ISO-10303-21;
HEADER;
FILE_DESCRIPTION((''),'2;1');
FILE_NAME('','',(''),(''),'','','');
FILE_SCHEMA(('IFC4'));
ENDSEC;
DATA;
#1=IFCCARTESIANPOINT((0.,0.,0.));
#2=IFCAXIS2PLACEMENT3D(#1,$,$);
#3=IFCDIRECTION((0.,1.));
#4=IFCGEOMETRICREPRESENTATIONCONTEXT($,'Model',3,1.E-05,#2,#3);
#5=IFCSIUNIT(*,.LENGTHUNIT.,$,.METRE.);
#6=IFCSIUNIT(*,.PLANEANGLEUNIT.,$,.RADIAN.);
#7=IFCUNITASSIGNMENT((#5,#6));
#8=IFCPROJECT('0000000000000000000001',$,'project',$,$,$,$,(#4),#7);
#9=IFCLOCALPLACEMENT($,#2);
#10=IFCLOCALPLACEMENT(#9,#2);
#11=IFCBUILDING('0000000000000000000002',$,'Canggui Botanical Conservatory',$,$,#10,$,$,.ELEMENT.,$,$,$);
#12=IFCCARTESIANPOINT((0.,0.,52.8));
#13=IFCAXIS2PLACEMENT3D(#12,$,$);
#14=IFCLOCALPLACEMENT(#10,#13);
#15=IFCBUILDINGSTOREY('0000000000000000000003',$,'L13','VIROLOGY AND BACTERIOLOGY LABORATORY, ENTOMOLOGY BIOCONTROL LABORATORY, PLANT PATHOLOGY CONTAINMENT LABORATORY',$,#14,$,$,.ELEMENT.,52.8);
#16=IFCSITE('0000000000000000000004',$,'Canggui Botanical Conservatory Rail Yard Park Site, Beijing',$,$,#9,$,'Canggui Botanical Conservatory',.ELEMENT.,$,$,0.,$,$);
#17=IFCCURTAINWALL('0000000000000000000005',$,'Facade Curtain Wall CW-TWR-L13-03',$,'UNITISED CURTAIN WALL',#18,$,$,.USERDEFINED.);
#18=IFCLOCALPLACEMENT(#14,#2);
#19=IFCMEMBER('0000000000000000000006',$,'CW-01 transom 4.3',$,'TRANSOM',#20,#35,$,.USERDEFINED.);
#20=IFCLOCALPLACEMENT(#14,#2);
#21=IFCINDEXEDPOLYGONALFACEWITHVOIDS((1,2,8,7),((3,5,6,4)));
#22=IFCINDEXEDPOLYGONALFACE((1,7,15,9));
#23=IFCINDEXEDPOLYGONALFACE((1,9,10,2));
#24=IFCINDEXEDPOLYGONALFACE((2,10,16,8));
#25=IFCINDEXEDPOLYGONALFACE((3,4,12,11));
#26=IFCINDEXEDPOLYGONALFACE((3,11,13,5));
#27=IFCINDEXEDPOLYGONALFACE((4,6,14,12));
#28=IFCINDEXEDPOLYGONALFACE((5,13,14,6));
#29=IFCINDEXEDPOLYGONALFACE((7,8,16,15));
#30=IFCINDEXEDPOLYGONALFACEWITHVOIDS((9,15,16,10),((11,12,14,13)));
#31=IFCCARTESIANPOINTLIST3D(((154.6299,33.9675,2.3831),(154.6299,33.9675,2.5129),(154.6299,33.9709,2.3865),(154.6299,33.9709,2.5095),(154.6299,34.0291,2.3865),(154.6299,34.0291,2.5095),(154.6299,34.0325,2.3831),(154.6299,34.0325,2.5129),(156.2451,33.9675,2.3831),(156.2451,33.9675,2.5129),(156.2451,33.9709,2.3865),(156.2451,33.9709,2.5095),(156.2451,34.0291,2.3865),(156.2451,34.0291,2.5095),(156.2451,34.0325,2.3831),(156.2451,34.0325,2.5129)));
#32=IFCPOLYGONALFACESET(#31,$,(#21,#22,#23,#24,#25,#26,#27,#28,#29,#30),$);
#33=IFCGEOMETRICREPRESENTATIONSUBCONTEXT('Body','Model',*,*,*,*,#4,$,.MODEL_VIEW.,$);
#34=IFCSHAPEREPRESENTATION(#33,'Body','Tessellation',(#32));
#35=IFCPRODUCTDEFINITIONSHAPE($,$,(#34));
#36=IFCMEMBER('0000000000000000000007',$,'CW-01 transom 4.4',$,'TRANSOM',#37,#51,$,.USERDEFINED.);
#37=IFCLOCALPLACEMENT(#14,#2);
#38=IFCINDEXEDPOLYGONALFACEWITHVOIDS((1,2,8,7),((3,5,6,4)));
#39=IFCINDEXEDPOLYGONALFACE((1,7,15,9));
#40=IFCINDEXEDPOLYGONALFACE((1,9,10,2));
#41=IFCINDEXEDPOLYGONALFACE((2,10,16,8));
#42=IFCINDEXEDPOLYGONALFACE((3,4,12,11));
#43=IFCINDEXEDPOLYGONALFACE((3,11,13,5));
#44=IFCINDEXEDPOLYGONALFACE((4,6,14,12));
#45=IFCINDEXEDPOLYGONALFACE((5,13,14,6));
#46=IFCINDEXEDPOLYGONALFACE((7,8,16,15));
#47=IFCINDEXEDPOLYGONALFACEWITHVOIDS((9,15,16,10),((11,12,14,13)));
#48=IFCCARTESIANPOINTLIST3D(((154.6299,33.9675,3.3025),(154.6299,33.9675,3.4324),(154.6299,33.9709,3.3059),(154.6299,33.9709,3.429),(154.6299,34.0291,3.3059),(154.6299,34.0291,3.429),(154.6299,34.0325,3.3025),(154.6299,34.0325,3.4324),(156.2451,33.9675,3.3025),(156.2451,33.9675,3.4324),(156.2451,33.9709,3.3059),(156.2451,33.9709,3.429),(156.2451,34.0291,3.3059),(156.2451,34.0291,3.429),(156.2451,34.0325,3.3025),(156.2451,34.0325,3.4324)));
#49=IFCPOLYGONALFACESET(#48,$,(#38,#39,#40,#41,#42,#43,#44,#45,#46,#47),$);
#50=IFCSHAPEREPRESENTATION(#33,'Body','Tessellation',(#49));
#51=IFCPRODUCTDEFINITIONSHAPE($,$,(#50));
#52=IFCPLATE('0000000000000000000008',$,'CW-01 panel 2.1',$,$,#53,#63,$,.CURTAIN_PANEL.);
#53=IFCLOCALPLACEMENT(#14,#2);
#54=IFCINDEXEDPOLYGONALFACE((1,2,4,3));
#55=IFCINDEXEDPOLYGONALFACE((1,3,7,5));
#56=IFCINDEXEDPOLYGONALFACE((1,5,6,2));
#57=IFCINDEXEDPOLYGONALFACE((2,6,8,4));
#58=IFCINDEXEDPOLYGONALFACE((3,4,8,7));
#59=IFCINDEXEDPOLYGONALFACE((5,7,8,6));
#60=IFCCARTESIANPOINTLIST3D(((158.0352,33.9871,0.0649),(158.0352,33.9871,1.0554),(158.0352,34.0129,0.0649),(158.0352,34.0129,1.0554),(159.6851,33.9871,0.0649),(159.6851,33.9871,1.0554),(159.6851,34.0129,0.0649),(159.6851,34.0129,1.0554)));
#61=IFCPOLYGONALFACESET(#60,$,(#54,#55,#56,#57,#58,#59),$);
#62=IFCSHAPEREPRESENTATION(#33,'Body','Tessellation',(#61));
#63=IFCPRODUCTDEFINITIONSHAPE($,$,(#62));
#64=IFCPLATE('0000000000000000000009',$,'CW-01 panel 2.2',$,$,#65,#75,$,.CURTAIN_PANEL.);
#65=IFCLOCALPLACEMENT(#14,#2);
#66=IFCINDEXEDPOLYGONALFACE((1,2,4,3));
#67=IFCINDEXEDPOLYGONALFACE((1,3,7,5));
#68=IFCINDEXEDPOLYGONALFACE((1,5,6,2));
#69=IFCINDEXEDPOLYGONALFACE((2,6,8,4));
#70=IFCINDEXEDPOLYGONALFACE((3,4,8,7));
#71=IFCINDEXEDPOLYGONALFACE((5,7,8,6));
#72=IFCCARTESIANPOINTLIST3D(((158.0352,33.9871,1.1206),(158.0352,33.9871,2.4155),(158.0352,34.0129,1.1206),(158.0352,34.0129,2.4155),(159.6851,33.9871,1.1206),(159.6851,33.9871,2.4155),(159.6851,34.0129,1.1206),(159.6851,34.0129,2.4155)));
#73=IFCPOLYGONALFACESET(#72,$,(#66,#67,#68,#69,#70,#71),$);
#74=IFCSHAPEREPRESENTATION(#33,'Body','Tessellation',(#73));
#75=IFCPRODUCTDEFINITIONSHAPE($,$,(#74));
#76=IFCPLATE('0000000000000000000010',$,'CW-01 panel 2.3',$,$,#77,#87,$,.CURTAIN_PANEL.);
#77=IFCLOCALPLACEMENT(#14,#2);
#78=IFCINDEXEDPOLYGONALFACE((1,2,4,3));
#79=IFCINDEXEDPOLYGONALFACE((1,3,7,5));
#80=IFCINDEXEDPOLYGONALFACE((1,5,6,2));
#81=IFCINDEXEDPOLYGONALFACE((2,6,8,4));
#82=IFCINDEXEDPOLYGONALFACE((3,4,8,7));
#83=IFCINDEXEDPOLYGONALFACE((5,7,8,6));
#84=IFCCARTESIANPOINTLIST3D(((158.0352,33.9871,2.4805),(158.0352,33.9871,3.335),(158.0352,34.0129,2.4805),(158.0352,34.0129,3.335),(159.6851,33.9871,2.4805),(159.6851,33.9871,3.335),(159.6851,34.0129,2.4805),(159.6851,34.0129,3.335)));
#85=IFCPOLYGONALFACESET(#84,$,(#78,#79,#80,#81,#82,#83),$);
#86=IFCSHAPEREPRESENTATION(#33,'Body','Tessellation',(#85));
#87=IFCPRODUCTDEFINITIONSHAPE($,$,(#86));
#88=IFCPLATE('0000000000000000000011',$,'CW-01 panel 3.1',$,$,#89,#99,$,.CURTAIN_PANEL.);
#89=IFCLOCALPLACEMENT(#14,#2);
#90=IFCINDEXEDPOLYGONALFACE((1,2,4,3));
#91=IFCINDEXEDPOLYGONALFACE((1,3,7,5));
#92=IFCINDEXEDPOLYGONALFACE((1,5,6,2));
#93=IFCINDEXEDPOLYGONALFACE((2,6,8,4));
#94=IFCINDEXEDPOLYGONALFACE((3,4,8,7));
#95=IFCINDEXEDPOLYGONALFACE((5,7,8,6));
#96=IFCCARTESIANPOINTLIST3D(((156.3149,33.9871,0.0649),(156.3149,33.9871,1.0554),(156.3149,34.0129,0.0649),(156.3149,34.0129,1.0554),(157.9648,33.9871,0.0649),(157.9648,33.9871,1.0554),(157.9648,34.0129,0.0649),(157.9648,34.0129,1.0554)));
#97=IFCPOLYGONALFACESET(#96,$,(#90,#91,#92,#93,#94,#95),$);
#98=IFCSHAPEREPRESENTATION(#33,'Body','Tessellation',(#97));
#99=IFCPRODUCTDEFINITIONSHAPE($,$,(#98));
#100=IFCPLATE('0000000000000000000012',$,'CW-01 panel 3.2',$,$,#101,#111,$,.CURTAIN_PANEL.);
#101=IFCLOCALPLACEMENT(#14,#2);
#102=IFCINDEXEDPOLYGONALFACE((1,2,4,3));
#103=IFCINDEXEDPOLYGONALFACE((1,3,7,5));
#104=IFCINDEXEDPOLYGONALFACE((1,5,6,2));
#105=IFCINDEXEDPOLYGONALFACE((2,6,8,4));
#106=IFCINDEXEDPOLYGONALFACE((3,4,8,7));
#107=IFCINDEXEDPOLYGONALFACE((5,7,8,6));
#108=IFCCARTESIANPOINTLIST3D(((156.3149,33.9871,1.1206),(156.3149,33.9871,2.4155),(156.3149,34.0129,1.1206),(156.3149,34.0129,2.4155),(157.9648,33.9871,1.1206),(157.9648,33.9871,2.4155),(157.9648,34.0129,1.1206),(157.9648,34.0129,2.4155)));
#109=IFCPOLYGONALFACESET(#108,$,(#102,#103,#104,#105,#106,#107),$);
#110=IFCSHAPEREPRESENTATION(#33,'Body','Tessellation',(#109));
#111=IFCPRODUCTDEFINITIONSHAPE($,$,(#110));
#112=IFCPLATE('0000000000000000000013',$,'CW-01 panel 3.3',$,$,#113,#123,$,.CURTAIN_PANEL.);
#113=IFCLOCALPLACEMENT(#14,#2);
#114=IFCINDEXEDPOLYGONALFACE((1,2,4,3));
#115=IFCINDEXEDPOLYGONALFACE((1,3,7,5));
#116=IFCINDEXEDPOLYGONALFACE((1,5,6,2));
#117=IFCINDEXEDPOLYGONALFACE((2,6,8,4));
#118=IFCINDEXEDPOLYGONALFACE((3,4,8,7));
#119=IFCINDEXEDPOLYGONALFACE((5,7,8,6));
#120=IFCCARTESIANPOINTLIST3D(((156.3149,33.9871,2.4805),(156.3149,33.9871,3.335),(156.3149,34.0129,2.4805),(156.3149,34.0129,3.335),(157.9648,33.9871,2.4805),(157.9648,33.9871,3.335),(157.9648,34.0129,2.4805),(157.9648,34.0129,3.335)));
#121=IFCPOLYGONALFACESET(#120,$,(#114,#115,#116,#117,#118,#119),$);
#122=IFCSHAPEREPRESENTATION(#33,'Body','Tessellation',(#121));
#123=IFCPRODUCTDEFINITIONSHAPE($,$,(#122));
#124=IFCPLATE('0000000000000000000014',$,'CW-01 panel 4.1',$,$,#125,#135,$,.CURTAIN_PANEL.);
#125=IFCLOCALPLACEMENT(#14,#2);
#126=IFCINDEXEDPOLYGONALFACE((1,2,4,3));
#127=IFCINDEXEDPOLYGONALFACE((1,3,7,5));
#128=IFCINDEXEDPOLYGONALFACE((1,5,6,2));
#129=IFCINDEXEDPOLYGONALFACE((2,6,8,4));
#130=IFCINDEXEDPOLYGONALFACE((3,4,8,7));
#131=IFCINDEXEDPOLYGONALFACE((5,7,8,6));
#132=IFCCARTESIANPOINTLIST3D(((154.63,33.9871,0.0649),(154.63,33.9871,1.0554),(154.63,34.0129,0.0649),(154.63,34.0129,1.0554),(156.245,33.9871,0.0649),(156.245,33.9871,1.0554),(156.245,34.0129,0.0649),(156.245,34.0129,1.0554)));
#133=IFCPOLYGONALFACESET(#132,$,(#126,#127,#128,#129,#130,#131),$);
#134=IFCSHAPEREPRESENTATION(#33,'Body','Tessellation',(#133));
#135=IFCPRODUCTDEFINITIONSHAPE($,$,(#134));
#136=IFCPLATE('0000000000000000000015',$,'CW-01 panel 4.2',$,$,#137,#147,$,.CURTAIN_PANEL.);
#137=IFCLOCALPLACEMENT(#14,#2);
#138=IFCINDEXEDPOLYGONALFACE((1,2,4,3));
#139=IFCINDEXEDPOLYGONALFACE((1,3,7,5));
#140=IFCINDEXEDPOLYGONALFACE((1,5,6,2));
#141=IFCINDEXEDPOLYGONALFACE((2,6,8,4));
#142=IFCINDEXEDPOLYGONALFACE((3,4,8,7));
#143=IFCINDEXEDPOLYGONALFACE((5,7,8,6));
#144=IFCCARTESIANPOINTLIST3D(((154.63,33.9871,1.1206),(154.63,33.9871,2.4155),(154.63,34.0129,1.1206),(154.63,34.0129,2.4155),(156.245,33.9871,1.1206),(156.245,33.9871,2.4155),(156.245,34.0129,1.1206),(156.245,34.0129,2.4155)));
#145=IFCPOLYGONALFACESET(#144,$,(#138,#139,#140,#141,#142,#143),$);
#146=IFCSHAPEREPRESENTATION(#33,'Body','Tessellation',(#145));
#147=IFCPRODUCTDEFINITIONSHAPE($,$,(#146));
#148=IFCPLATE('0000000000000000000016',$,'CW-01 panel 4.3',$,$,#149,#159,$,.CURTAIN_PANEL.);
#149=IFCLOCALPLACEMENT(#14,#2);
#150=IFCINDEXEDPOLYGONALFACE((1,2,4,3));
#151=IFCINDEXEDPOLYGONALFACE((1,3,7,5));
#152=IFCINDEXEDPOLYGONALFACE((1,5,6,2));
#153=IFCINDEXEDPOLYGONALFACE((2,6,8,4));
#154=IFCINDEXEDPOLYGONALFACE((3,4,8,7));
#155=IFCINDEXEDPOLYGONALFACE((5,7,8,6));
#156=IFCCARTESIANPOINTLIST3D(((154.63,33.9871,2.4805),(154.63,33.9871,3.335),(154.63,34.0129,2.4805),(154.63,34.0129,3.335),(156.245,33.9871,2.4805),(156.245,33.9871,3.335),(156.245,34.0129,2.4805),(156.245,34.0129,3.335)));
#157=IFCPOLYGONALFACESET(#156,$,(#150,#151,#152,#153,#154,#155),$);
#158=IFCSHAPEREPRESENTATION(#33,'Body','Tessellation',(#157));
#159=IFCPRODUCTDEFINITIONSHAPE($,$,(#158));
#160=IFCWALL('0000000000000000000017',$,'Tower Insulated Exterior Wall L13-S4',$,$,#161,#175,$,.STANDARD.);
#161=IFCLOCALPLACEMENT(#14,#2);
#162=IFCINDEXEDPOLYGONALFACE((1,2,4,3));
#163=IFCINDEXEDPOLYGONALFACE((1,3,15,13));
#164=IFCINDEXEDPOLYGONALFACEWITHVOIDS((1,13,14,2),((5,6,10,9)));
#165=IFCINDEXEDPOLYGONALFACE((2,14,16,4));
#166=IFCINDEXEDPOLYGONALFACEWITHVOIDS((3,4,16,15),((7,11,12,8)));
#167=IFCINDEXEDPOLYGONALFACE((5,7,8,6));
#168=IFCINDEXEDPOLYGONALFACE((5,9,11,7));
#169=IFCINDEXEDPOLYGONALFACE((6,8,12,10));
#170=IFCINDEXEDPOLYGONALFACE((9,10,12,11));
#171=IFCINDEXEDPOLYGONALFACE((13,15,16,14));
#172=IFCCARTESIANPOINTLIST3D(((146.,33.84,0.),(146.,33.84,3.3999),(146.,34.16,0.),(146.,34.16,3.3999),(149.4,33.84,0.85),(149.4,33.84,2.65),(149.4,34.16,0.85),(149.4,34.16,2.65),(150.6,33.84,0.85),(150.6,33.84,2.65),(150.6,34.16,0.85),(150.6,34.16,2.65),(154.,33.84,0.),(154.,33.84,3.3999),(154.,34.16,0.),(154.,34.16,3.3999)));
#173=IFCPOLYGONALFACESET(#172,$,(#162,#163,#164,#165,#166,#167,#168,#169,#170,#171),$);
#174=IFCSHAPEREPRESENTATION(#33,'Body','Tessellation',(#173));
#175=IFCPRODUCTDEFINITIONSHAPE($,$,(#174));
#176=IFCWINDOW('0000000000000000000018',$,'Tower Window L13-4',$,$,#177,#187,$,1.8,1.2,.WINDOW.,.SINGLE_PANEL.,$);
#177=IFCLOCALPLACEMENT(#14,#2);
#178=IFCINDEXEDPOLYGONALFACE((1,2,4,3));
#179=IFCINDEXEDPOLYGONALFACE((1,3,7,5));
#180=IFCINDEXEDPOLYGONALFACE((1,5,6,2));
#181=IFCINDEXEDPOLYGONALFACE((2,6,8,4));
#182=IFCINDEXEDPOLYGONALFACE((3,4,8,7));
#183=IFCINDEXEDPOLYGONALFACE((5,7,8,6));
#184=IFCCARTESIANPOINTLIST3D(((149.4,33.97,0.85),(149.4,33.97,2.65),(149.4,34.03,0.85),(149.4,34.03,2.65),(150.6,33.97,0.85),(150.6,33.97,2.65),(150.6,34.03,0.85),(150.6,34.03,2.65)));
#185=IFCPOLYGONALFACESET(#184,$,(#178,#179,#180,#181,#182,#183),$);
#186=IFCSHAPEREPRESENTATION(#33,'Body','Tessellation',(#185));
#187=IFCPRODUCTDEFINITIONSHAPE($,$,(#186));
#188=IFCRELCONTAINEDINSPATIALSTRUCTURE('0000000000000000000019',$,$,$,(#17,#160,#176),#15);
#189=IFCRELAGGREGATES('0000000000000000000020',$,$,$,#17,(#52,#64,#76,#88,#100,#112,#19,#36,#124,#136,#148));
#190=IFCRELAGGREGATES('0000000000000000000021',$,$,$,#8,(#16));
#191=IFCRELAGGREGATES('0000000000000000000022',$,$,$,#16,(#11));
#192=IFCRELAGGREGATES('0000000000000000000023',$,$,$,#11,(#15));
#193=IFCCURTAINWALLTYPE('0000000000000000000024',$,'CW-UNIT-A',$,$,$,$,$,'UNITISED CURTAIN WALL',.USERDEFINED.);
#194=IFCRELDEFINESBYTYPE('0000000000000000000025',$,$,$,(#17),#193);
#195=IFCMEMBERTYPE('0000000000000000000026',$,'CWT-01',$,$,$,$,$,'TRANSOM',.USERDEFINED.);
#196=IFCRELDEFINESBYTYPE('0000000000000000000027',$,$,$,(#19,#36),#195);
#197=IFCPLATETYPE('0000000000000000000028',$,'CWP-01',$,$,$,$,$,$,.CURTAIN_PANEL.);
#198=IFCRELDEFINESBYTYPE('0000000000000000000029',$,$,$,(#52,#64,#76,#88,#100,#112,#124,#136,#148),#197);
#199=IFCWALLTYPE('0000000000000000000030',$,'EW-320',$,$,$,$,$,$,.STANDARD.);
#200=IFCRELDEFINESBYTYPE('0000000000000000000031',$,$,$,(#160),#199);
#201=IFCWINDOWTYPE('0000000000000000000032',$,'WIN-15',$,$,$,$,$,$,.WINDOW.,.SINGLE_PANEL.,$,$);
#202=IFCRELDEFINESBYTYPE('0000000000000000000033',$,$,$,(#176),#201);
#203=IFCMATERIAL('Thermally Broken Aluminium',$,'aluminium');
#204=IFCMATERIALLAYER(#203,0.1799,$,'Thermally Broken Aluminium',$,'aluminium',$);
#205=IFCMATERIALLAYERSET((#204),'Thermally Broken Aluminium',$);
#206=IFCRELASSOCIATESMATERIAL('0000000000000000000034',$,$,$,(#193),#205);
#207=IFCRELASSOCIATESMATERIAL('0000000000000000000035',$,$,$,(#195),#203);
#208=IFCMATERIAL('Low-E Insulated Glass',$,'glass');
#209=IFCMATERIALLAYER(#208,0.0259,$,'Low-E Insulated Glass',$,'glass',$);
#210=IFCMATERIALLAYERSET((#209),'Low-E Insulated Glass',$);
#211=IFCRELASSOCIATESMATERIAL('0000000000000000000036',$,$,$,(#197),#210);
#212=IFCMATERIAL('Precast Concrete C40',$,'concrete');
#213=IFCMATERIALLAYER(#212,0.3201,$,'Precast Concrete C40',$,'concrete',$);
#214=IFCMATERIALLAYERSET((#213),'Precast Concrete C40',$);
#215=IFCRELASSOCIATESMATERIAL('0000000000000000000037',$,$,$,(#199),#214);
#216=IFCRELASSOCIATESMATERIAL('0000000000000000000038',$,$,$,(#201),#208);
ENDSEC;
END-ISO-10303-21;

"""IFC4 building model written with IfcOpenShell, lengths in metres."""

from ifc_helpers import new_model, si_unit, direction, frame, frame_2d, origin, origin_2d, place, context, subcontext, project, spatial, rectangle, hollow_rectangle, extrude, material, layer, layer_set, material_profile, profile_set, type_object, element, fill, aggregate, save


model = new_model("IFC4")

# Units and contexts
model_context = context("Model", 3, precision=1e-05, world=origin(), true_north=direction((0.0, 1.0)))
body_context = subcontext(model_context, "Body", "Model", "MODEL_VIEW")
ifc_project = project(units=[si_unit("LENGTHUNIT", "METRE"), si_unit("PLANEANGLEUNIT", "RADIAN")], contexts=[model_context])

# Site, building, storey
site_placement = place(None, origin())
site = spatial("IfcSite", under=ifc_project, at=site_placement, Name="Canggui Botanical Conservatory Rail Yard Park Site, Beijing", LongName="Canggui Botanical Conservatory", CompositionType="ELEMENT", RefElevation=0.0)
building_placement = place(site_placement, origin())
building = spatial("IfcBuilding", under=site, at=building_placement, Name="Canggui Botanical Conservatory", CompositionType="ELEMENT")
storey_placement = place(building_placement, frame((0.0, 0.0, 52.8)))
storey = spatial("IfcBuildingStorey", under=building, at=storey_placement, Name="L13", Description="VIROLOGY AND BACTERIOLOGY LABORATORY, ENTOMOLOGY BIOCONTROL LABORATORY, PLANT PATHOLOGY CONTAINMENT LABORATORY", CompositionType="ELEMENT", Elevation=52.8)

# Curtain wall, members, plates
ifc_material_1 = material(Name="Thermally Broken Aluminium", Category="aluminium")
ifc_layer_1 = layer(ifc_material_1, 0.1799, Name="Thermally Broken Aluminium", Category="aluminium")
ifc_layer_set_1 = layer_set([ifc_layer_1], Name="Thermally Broken Aluminium")
curtain_wall_type = type_object("IfcCurtainWallType", Name="CW-UNIT-A", ElementType="UNITISED CURTAIN WALL", PredefinedType="USERDEFINED", material=ifc_layer_set_1)
curtain_wall_placement = place(storey_placement, origin())
curtain_wall = element("IfcCurtainWall", 1, at=curtain_wall_placement, inside=storey, type_object=curtain_wall_type, Name="Facade Curtain Wall CW-TWR-L13-03", ObjectType="UNITISED CURTAIN WALL", PredefinedType="USERDEFINED")
ifc_material_profile_1 = material_profile(ifc_material_1, hollow_rectangle(XDim=0.0649, YDim=0.1299, WallThickness=0.0034, at=origin_2d()), Name="CWT 65x130x3.5")
ifc_profile_set_1 = profile_set([ifc_material_profile_1], Name="Thermally Broken Aluminium")
member_type_1 = type_object("IfcMemberType", Name="CWT-01", ElementType="TRANSOM", PredefinedType="USERDEFINED", material=ifc_profile_set_1)
member_1_placement = place(storey_placement, frame((156.2451, 34.0, 2.448), z_axis=(-1.0, 0.0, 0.0), x_axis=(0.0, -1.0, 0.0)))
member_1 = element("IfcMember", 2, at=member_1_placement, type_object=member_type_1, Name="CW-01 transom 4.3", ObjectType="TRANSOM", PredefinedType="USERDEFINED", context=body_context, shape_type="SweptSolid", body=[
    extrude(hollow_rectangle(XDim=0.0649, YDim=0.1299, WallThickness=0.0034, at=origin_2d()), origin(), (0.0, 0.0, 1.0), 1.6152),
])
member_2_placement = place(storey_placement, frame((156.2451, 34.0, 3.3674), z_axis=(-1.0, 0.0, 0.0), x_axis=(0.0, -1.0, 0.0)))
member_2 = element("IfcMember", 3, at=member_2_placement, type_object=member_type_1, Name="CW-01 transom 4.4", ObjectType="TRANSOM", PredefinedType="USERDEFINED", context=body_context, shape_type="SweptSolid", body=[
    extrude(hollow_rectangle(XDim=0.0649, YDim=0.1299, WallThickness=0.0034, at=origin_2d()), origin(), (0.0, 0.0, 1.0), 1.6152),
])
ifc_material_2 = material(Name="Low-E Insulated Glass", Category="glass")
ifc_layer_2 = layer(ifc_material_2, 0.0259, Name="Low-E Insulated Glass", Category="glass")
ifc_layer_set_2 = layer_set([ifc_layer_2], Name="Low-E Insulated Glass")
plate_type = type_object("IfcPlateType", Name="CWP-01", PredefinedType="CURTAIN_PANEL", material=ifc_layer_set_2)
plate_1_placement = place(storey_placement, frame((158.8601, 34.0, 0.0649), z_axis=(0.0, 0.0, 1.0), x_axis=(-1.0, 0.0, 0.0)))
plate_1 = element("IfcPlate", 4, at=plate_1_placement, type_object=plate_type, Name="CW-01 panel 2.1", PredefinedType="CURTAIN_PANEL", context=body_context, shape_type="SweptSolid", body=[
    extrude(rectangle(XDim=1.6499, YDim=0.0259, at=origin_2d()), origin(), (0.0, 0.0, 1.0), 0.9905),
])
plate_2_placement = place(storey_placement, frame((158.8601, 34.0, 1.1206), z_axis=(0.0, 0.0, 1.0), x_axis=(-1.0, 0.0, 0.0)))
plate_2 = element("IfcPlate", 5, at=plate_2_placement, type_object=plate_type, Name="CW-01 panel 2.2", PredefinedType="CURTAIN_PANEL", context=body_context, shape_type="SweptSolid", body=[
    extrude(rectangle(XDim=1.6499, YDim=0.0259, at=origin_2d()), origin(), (0.0, 0.0, 1.0), 1.2949),
])
plate_3_placement = place(storey_placement, frame((158.8601, 34.0, 2.4805), z_axis=(0.0, 0.0, 1.0), x_axis=(-1.0, 0.0, 0.0)))
plate_3 = element("IfcPlate", 6, at=plate_3_placement, type_object=plate_type, Name="CW-01 panel 2.3", PredefinedType="CURTAIN_PANEL", context=body_context, shape_type="SweptSolid", body=[
    extrude(rectangle(XDim=1.6499, YDim=0.0259, at=origin_2d()), origin(), (0.0, 0.0, 1.0), 0.8545),
])
plate_4_placement = place(storey_placement, frame((157.1399, 34.0, 0.0649), z_axis=(0.0, 0.0, 1.0), x_axis=(-1.0, 0.0, 0.0)))
plate_4 = element("IfcPlate", 7, at=plate_4_placement, type_object=plate_type, Name="CW-01 panel 3.1", PredefinedType="CURTAIN_PANEL", context=body_context, shape_type="SweptSolid", body=[
    extrude(rectangle(XDim=1.6499, YDim=0.0259, at=origin_2d()), origin(), (0.0, 0.0, 1.0), 0.9905),
])
plate_5_placement = place(storey_placement, frame((157.1399, 34.0, 1.1206), z_axis=(0.0, 0.0, 1.0), x_axis=(-1.0, 0.0, 0.0)))
plate_5 = element("IfcPlate", 8, at=plate_5_placement, type_object=plate_type, Name="CW-01 panel 3.2", PredefinedType="CURTAIN_PANEL", context=body_context, shape_type="SweptSolid", body=[
    extrude(rectangle(XDim=1.6499, YDim=0.0259, at=origin_2d()), origin(), (0.0, 0.0, 1.0), 1.2949),
])
plate_6_placement = place(storey_placement, frame((157.1399, 34.0, 2.4805), z_axis=(0.0, 0.0, 1.0), x_axis=(-1.0, 0.0, 0.0)))
plate_6 = element("IfcPlate", 9, at=plate_6_placement, type_object=plate_type, Name="CW-01 panel 3.3", PredefinedType="CURTAIN_PANEL", context=body_context, shape_type="SweptSolid", body=[
    extrude(rectangle(XDim=1.6499, YDim=0.0259, at=origin_2d()), origin(), (0.0, 0.0, 1.0), 0.8545),
])
plate_7_placement = place(storey_placement, frame((155.4375, 34.0, 0.0649), z_axis=(0.0, 0.0, 1.0), x_axis=(-1.0, 0.0, 0.0)))
plate_7 = element("IfcPlate", 10, at=plate_7_placement, type_object=plate_type, Name="CW-01 panel 4.1", PredefinedType="CURTAIN_PANEL", context=body_context, shape_type="SweptSolid", body=[
    extrude(rectangle(XDim=1.615, YDim=0.0259, at=origin_2d()), origin(), (0.0, 0.0, 1.0), 0.9905),
])
plate_8_placement = place(storey_placement, frame((155.4375, 34.0, 1.1206), z_axis=(0.0, 0.0, 1.0), x_axis=(-1.0, 0.0, 0.0)))
plate_8 = element("IfcPlate", 11, at=plate_8_placement, type_object=plate_type, Name="CW-01 panel 4.2", PredefinedType="CURTAIN_PANEL", context=body_context, shape_type="SweptSolid", body=[
    extrude(rectangle(XDim=1.615, YDim=0.0259, at=origin_2d()), origin(), (0.0, 0.0, 1.0), 1.2949),
])
plate_9_placement = place(storey_placement, frame((155.4375, 34.0, 2.4805), z_axis=(0.0, 0.0, 1.0), x_axis=(-1.0, 0.0, 0.0)))
plate_9 = element("IfcPlate", 12, at=plate_9_placement, type_object=plate_type, Name="CW-01 panel 4.3", PredefinedType="CURTAIN_PANEL", context=body_context, shape_type="SweptSolid", body=[
    extrude(rectangle(XDim=1.615, YDim=0.0259, at=origin_2d()), origin(), (0.0, 0.0, 1.0), 0.8545),
])
aggregate(curtain_wall, [plate_1, plate_2, plate_3, plate_4, plate_5, plate_6, member_1, member_2, plate_7, plate_8, plate_9])

# Wall, opening, window
ifc_material_3 = material(Name="Precast Concrete C40", Category="concrete")
ifc_layer_3 = layer(ifc_material_3, 0.3201, Name="Precast Concrete C40", Category="concrete")
ifc_layer_set_3 = layer_set([ifc_layer_3], Name="Precast Concrete C40")
wall_type_1 = type_object("IfcWallType", Name="EW-320", PredefinedType="STANDARD", material=ifc_layer_set_3)
wall_1_placement = place(storey_placement, frame((154.0, 34.0, 0.0), z_axis=(0.0, 0.0, 1.0), x_axis=(-1.0, 0.0, 0.0)))
wall_1 = element("IfcWall", 13, at=wall_1_placement, inside=storey, type_object=wall_type_1, Name="Tower Insulated Exterior Wall L13-S4", PredefinedType="STANDARD", context=body_context, shape_type="SweptSolid", body=[
    extrude(rectangle(XDim=8.0, YDim=0.3201, at=frame_2d((4.0, 0.0))), origin(), (0.0, 0.0, 1.0), 3.3999),
])
opening_placement = place(wall_1_placement, frame((3.3999, 0.0, 0.8501)))
opening = element("IfcOpeningElement", 14, at=opening_placement, cuts=wall_1, PredefinedType="OPENING", context=body_context, shape_type="SweptSolid", body=[
    extrude(rectangle(XDim=1.2, YDim=1.8, at=frame_2d((0.6001, 0.8999))), frame((0.0, 0.1699, 0.0), z_axis=(0.0, -1.0, 0.0), x_axis=(1.0, 0.0, 0.0)), (0.0, 0.0, 1.0), 0.3401),
])
window_type = type_object("IfcWindowType", Name="WIN-15", PartitioningType="SINGLE_PANEL", PredefinedType="WINDOW", material=ifc_material_2)
window_placement = place(opening_placement, origin())
window = element("IfcWindow", 15, at=window_placement, inside=storey, type_object=window_type, Name="Tower Window L13-4", OverallHeight=1.8, OverallWidth=1.2, PartitioningType="SINGLE_PANEL", PredefinedType="WINDOW", context=body_context, shape_type="SweptSolid", body=[
    extrude(rectangle(XDim=1.2, YDim=1.8, at=frame_2d((0.6001, 0.8999))), frame((0.0, 0.03, 0.0), z_axis=(0.0, -1.0, 0.0), x_axis=(1.0, 0.0, 0.0)), (0.0, 0.0, 1.0), 0.0601),
])
fill(opening, window)

save(model, "model.ifc")
